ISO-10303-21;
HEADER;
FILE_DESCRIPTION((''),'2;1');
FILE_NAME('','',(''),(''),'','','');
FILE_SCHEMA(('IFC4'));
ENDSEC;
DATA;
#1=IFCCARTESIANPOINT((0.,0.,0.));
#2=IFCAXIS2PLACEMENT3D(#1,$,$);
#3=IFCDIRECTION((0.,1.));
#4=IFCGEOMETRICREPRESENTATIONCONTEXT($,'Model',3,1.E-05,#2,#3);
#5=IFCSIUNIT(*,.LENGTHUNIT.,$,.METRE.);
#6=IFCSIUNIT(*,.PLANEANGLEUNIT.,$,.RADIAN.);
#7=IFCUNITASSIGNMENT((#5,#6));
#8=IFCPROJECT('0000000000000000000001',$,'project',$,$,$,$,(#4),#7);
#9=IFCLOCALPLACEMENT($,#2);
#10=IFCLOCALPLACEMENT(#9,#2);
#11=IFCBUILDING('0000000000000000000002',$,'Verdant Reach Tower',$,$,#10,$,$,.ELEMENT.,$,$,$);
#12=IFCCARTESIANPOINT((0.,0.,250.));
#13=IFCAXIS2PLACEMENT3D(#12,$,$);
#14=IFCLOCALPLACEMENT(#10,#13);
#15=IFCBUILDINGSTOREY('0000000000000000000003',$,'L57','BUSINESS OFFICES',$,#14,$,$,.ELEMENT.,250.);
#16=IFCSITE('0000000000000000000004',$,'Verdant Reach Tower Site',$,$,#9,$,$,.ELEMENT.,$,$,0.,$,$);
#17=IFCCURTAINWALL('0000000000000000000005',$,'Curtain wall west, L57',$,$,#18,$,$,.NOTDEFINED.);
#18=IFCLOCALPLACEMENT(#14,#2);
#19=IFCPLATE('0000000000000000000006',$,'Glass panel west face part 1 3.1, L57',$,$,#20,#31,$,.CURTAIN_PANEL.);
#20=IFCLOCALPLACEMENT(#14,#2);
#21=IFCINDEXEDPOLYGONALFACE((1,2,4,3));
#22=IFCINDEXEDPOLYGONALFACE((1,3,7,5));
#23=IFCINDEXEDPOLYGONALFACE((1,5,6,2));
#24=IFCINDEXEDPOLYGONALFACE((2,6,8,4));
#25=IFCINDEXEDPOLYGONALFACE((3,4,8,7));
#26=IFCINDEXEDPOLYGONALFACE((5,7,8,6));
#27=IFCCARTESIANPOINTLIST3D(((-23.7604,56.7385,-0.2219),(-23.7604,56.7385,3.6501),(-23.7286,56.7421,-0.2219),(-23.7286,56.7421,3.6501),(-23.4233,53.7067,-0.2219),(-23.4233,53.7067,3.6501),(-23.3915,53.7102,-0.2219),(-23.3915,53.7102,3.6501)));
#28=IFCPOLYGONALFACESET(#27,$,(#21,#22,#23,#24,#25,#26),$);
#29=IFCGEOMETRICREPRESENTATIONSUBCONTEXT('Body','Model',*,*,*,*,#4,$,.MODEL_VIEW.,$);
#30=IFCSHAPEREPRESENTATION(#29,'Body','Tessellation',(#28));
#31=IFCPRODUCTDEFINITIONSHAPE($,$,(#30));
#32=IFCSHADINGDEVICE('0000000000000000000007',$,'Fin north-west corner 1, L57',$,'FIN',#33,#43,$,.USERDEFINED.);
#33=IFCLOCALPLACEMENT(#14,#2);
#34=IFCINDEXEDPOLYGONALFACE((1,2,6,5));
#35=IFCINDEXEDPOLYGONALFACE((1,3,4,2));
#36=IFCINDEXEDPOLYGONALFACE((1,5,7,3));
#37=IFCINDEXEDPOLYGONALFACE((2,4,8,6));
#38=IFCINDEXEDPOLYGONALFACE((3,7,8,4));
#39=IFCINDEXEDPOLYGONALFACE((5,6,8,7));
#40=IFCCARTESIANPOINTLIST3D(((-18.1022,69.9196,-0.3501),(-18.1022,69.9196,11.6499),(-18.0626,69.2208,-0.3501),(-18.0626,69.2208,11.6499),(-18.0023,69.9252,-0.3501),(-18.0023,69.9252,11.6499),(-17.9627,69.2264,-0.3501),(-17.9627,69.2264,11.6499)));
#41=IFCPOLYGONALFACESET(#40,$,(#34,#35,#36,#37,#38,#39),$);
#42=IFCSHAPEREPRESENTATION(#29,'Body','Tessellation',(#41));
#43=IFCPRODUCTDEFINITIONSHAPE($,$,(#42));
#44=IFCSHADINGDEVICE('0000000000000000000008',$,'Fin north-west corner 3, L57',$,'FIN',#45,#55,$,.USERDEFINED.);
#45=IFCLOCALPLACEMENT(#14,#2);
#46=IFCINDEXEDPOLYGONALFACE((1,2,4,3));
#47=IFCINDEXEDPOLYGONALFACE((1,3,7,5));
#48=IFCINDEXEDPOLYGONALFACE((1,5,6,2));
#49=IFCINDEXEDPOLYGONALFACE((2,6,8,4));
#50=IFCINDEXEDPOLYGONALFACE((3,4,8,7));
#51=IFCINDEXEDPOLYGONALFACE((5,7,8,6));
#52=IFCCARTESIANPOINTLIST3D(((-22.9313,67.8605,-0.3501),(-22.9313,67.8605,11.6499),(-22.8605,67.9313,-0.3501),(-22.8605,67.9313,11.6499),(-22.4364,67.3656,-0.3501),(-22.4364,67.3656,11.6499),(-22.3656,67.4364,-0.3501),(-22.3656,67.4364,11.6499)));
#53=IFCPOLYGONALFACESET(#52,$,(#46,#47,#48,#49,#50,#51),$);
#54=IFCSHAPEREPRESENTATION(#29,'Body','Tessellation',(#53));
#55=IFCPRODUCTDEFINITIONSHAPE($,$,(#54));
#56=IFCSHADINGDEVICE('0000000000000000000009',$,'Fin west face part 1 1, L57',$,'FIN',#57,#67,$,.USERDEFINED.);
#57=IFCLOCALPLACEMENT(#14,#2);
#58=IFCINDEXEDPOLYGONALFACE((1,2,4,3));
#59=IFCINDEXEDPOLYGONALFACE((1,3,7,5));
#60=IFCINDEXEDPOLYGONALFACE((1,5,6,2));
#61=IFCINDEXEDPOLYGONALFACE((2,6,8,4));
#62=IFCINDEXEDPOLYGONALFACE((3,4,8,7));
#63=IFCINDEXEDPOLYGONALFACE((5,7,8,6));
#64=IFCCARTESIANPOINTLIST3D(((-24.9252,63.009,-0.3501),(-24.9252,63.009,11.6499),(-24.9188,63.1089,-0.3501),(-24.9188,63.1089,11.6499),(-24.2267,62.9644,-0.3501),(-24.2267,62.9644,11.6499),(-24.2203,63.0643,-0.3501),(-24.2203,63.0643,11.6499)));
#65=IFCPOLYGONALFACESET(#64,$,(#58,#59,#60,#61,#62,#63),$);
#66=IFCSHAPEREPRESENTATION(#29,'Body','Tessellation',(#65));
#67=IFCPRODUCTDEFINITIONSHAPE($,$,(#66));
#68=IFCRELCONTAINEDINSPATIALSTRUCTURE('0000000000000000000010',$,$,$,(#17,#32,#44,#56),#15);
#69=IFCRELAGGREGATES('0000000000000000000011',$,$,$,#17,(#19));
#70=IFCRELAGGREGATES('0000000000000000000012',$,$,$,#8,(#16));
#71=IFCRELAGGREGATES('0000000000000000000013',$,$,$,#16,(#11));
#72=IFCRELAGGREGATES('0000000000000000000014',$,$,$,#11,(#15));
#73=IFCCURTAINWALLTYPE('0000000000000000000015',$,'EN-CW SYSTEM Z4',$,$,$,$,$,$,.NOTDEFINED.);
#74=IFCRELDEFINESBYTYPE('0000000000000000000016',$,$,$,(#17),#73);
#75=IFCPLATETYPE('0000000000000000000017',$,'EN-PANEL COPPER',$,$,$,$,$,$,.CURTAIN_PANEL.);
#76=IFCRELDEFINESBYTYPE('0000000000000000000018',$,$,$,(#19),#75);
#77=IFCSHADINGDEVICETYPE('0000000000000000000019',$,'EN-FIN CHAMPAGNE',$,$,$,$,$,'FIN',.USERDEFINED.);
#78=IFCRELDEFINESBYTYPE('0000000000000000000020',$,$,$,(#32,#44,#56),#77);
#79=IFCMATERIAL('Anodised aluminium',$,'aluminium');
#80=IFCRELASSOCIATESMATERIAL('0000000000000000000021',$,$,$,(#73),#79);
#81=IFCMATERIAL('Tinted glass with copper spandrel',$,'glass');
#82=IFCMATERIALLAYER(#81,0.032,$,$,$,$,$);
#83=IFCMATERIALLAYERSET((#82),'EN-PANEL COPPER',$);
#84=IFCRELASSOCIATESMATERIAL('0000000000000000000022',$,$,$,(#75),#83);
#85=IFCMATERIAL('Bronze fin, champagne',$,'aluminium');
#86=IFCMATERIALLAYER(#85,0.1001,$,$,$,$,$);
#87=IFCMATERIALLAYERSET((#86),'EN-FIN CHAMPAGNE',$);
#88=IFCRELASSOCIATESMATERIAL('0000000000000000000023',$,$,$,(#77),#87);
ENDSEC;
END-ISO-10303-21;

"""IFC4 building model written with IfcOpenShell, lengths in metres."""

from ifc_helpers import new_model, si_unit, direction, frame, origin, origin_2d, place, context, subcontext, project, spatial, rectangle, extrude, material, layer, layer_set, type_object, element, aggregate, save


model = new_model("IFC4")

# Units and contexts
model_context = context("Model", 3, precision=1e-05, world=origin(), true_north=direction((0.0, 1.0)))
body_context = subcontext(model_context, "Body", "Model", "MODEL_VIEW")
ifc_project = project(units=[si_unit("LENGTHUNIT", "METRE"), si_unit("PLANEANGLEUNIT", "RADIAN")], contexts=[model_context])

# Site, building, storey
site_placement = place(None, origin())
site = spatial("IfcSite", under=ifc_project, at=site_placement, Name="Verdant Reach Tower Site", CompositionType="ELEMENT", RefElevation=0.0)
building_placement = place(site_placement, origin())
building = spatial("IfcBuilding", under=site, at=building_placement, Name="Verdant Reach Tower", CompositionType="ELEMENT")
storey_placement = place(building_placement, frame((0.0, 0.0, 250.0)))
storey = spatial("IfcBuildingStorey", under=building, at=storey_placement, Name="L57", Description="BUSINESS OFFICES", CompositionType="ELEMENT", Elevation=250.0)

# Curtain wall
ifc_material_1 = material(Name="Anodised aluminium", Category="aluminium")
curtain_wall_type = type_object("IfcCurtainWallType", Name="EN-CW SYSTEM Z4", PredefinedType="NOTDEFINED", material=ifc_material_1)
curtain_wall_1_placement = place(storey_placement, origin())
curtain_wall_1 = element("IfcCurtainWall", 1, at=curtain_wall_1_placement, inside=storey, type_object=curtain_wall_type, Name="Curtain wall west, L57", PredefinedType="NOTDEFINED")

# Shared definitions
ifc_material_2 = material(Name="Tinted glass with copper spandrel", Category="glass")
ifc_layer_1 = layer(ifc_material_2, 0.032)
ifc_layer_set_1 = layer_set([ifc_layer_1], Name="EN-PANEL COPPER")
plate_type_1 = type_object("IfcPlateType", Name="EN-PANEL COPPER", PredefinedType="CURTAIN_PANEL", material=ifc_layer_set_1)

# Plate
plate_1_placement = place(storey_placement, frame((-23.5759, 55.2244, -0.2219), z_axis=(0.0, 0.0, 1.0), x_axis=(0.110518, -0.993874, 0.0)))
plate_1 = element("IfcPlate", 2, at=plate_1_placement, type_object=plate_type_1, Name="Glass panel west face part 1 3.1, L57", PredefinedType="CURTAIN_PANEL", context=body_context, shape_type="SweptSolid", body=[
    extrude(rectangle(XDim=3.0505, YDim=0.032, at=origin_2d()), origin(), (0.0, 0.0, 1.0), 3.8721),
])
aggregate(curtain_wall_1, [plate_1])

# Shading devices
ifc_material_3 = material(Name="Bronze fin, champagne", Category="aluminium")
ifc_layer_2 = layer(ifc_material_3, 0.1001)
ifc_layer_set_2 = layer_set([ifc_layer_2], Name="EN-FIN CHAMPAGNE")
shading_device_type = type_object("IfcShadingDeviceType", Name="EN-FIN CHAMPAGNE", ElementType="FIN", PredefinedType="USERDEFINED", material=ifc_layer_set_2)
for number, where, z_axis, x_axis, name in (
    (3, (-18.0325, 69.573, -0.3501), (0.0, 0.0, 1.0), (-0.998399, -0.056569, 0.0), "Fin north-west corner 1, L57"),
    (4, (-22.6484, 67.6484, -0.3501), (0.0, 0.0, 1.0), (-0.707107, -0.707107, 0.0), "Fin north-west corner 3, L57"),
    (5, (-24.5728, 63.0366, -0.3501), (0.0, 0.0, 1.0), (-0.063699, -0.997969, 0.0), "Fin west face part 1 1, L57"),
):
    element("IfcShadingDevice", number, at=place(storey_placement, frame(where, z_axis=z_axis, x_axis=x_axis)), inside=storey, type_object=shading_device_type, Name=name, ObjectType="FIN", PredefinedType="USERDEFINED", context=body_context, shape_type="SweptSolid", body=[
        extrude(rectangle(XDim=0.1001, YDim=0.7, at=origin_2d()), origin(), (0.0, 0.0, 1.0), 12.0),
    ])

save(model, "model.ifc")
